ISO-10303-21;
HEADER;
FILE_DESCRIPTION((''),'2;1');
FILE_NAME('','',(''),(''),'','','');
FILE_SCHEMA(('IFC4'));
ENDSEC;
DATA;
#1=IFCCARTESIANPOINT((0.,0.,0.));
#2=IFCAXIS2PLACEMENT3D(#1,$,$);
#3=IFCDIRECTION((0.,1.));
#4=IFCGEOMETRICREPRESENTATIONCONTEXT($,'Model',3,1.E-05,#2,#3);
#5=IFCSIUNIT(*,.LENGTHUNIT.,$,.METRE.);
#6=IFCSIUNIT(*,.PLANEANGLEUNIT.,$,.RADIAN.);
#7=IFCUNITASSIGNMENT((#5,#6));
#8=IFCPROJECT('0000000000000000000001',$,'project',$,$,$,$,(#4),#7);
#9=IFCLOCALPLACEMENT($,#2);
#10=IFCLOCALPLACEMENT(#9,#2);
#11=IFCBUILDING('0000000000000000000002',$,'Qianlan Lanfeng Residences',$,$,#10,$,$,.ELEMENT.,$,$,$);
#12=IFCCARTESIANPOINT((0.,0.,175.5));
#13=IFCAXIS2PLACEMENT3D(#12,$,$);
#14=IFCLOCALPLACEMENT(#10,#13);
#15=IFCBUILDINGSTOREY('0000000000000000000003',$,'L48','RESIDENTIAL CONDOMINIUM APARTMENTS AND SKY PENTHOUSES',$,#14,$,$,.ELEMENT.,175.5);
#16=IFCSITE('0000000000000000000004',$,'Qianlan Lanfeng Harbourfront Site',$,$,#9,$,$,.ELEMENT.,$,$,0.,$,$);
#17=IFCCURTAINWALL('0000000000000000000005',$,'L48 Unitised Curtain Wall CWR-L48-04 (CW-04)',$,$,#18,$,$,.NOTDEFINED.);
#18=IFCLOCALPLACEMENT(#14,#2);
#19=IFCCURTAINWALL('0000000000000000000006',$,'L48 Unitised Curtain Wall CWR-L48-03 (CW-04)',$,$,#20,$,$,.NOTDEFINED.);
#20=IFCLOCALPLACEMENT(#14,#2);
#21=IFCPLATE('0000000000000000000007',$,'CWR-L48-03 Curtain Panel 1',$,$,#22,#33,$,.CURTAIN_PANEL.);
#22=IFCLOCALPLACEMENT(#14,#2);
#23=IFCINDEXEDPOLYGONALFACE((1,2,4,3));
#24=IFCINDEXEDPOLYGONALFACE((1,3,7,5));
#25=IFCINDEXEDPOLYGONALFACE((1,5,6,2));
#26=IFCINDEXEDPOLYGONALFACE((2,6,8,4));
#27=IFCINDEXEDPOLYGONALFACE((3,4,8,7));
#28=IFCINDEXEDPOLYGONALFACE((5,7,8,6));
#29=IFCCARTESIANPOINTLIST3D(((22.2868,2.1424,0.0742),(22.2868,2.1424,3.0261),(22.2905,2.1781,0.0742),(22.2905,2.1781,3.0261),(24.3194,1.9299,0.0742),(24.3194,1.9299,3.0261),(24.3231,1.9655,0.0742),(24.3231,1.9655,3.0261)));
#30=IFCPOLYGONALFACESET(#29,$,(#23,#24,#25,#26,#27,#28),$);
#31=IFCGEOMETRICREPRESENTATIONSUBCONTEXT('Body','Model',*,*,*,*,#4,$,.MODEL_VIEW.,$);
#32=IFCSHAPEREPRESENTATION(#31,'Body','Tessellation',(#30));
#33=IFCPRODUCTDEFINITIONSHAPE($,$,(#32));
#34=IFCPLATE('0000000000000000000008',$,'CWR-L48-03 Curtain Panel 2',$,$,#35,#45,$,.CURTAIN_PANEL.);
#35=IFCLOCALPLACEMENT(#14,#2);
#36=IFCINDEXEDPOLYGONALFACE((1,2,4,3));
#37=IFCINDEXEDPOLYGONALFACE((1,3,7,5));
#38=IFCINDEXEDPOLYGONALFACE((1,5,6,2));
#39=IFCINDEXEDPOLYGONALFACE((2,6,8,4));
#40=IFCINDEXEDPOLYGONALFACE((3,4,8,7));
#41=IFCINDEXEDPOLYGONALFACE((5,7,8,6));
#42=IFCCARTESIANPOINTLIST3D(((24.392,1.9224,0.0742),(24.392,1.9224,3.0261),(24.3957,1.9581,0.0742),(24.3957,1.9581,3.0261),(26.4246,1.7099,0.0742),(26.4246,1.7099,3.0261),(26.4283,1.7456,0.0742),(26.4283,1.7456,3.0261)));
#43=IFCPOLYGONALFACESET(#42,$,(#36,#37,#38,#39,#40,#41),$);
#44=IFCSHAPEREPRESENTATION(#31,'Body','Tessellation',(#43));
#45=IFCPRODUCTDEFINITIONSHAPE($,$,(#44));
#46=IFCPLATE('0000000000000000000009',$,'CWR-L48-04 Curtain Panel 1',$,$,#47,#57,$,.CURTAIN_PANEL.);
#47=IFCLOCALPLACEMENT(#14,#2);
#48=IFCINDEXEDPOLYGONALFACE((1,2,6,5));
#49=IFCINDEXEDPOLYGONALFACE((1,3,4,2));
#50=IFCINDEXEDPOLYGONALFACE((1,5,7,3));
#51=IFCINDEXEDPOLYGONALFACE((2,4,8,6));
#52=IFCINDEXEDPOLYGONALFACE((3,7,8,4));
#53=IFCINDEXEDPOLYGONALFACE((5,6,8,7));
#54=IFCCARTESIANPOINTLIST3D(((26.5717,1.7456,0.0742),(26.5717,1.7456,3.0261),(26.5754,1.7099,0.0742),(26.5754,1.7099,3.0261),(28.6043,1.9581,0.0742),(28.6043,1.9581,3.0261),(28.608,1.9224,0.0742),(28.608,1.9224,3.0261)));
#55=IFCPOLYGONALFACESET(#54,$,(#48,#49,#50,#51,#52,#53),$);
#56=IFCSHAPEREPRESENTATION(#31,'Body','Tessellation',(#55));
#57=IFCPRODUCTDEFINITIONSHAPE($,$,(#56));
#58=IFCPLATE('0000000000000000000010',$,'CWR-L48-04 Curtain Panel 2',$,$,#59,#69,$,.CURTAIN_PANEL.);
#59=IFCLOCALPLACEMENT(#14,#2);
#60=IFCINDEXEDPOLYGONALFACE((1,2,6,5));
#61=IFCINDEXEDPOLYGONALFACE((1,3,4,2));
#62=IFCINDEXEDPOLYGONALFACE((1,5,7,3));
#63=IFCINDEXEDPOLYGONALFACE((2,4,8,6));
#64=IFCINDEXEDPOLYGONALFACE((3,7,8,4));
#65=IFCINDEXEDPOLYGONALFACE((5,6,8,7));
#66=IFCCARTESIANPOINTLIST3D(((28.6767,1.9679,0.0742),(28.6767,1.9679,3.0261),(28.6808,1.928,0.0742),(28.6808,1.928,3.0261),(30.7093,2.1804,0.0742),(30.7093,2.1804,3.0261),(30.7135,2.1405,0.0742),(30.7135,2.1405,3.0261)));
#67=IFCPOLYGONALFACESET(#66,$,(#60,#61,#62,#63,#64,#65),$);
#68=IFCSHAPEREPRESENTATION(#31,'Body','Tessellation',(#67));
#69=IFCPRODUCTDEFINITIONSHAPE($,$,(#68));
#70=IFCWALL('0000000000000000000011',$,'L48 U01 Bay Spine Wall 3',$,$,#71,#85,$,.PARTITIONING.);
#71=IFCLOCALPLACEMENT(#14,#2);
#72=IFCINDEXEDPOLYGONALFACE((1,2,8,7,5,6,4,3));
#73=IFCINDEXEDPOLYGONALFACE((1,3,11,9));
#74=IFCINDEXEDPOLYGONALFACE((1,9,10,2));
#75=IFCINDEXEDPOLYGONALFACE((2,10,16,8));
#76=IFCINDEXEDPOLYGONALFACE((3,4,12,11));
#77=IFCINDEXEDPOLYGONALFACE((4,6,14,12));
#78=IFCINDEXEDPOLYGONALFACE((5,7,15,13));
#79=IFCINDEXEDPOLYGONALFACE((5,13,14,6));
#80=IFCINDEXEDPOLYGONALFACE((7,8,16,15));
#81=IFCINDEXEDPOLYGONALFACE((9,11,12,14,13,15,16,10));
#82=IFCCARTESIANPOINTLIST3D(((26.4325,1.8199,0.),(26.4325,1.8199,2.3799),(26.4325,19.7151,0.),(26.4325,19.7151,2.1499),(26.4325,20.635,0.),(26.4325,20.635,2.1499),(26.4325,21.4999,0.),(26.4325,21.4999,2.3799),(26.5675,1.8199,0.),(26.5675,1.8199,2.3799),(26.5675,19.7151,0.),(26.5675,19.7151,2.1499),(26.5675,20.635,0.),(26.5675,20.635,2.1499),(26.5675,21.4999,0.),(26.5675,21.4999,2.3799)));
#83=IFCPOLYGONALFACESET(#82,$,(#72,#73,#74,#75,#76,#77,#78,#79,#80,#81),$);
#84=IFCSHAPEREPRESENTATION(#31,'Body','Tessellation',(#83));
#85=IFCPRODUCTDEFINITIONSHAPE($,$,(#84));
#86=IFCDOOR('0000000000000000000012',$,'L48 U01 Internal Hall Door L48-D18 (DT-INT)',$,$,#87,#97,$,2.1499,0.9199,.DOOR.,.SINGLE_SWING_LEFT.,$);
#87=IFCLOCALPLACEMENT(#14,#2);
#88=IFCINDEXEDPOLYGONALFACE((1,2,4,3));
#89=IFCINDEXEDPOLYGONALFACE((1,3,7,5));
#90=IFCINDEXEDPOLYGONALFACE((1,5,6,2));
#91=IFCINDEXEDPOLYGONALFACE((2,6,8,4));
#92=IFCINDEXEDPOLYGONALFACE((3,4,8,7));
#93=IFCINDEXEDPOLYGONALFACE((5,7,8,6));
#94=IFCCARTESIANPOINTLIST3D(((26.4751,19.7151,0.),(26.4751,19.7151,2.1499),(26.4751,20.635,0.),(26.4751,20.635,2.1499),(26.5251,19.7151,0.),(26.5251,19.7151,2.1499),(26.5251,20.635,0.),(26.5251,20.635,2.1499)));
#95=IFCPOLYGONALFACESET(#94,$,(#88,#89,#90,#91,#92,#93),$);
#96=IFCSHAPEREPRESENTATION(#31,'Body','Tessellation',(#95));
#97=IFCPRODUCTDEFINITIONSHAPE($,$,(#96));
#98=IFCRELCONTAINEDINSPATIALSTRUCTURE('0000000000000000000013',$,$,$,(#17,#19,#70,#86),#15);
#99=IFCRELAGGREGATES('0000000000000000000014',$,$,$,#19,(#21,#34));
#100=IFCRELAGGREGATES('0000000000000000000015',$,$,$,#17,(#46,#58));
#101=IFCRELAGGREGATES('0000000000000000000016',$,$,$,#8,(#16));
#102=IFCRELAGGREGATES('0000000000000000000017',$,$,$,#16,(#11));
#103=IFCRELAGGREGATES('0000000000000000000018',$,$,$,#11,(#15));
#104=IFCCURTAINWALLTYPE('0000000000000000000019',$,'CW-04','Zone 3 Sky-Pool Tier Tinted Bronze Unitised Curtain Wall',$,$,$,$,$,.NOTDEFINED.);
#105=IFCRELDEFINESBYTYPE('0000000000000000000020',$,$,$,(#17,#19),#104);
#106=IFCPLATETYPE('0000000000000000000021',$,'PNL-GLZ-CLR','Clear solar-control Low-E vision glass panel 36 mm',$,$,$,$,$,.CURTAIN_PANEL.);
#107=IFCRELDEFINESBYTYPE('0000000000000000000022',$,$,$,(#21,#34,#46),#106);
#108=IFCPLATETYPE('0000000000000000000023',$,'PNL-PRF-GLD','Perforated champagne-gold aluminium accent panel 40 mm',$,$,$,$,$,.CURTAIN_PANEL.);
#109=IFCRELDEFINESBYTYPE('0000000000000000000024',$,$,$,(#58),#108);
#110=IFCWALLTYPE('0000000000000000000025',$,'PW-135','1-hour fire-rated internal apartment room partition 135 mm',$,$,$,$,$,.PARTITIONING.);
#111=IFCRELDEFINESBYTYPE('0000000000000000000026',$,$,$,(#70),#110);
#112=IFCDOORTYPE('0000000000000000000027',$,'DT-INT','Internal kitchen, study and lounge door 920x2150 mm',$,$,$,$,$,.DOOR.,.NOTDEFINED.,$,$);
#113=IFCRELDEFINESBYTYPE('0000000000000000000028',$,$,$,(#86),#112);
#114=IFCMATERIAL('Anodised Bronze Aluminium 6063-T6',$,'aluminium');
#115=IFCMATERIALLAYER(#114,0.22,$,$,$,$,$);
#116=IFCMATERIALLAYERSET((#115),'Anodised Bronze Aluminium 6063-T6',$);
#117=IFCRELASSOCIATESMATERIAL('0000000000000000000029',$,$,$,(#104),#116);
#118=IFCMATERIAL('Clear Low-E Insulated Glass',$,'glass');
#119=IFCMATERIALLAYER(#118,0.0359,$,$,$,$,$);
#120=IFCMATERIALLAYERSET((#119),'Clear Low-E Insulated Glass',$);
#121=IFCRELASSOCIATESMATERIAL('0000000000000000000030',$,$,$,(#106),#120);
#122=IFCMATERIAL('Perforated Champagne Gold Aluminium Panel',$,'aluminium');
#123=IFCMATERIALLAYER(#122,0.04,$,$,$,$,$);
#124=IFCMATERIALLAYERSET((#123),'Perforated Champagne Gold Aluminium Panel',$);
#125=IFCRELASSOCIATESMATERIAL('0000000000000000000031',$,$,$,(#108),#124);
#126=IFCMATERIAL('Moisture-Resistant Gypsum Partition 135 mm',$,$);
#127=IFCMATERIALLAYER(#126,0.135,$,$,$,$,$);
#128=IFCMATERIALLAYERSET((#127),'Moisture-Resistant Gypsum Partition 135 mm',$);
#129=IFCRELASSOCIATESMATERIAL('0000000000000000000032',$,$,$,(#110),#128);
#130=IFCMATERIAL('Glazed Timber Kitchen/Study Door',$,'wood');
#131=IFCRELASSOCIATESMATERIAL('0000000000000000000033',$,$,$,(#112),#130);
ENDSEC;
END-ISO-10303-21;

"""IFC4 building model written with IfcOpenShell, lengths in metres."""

from ifc_helpers import new_model, si_unit, direction, frame, frame_2d, origin, origin_2d, place, context, subcontext, project, spatial, rectangle, extrude, source, transform, mapped, material, layer, layer_set, type_object, element, fill, aggregate, save


model = new_model("IFC4")

# Units and contexts
model_context = context("Model", 3, precision=1e-05, world=origin(), true_north=direction((0.0, 1.0)))
body_context = subcontext(model_context, "Body", "Model", "MODEL_VIEW")
ifc_project = project(units=[si_unit("LENGTHUNIT", "METRE"), si_unit("PLANEANGLEUNIT", "RADIAN")], contexts=[model_context])

# Site, building, storey
site_placement = place(None, origin())
site = spatial("IfcSite", under=ifc_project, at=site_placement, Name="Qianlan Lanfeng Harbourfront Site", CompositionType="ELEMENT", RefElevation=0.0)
building_placement = place(site_placement, origin())
building = spatial("IfcBuilding", under=site, at=building_placement, Name="Qianlan Lanfeng Residences", CompositionType="ELEMENT")
storey_placement = place(building_placement, frame((0.0, 0.0, 175.5)))
storey = spatial("IfcBuildingStorey", under=building, at=storey_placement, Name="L48", Description="RESIDENTIAL CONDOMINIUM APARTMENTS AND SKY PENTHOUSES", CompositionType="ELEMENT", Elevation=175.5)

# Curtain walls
ifc_material_1 = material(Name="Anodised Bronze Aluminium 6063-T6", Category="aluminium")
ifc_layer_1 = layer(ifc_material_1, 0.22)
ifc_layer_set_1 = layer_set([ifc_layer_1], Name="Anodised Bronze Aluminium 6063-T6")
curtain_wall_type = type_object("IfcCurtainWallType", Name="CW-04", Description="Zone 3 Sky-Pool Tier Tinted Bronze Unitised Curtain Wall", PredefinedType="NOTDEFINED", material=ifc_layer_set_1)
curtain_wall_1_placement = place(storey_placement, origin())
curtain_wall_1 = element("IfcCurtainWall", 1, at=curtain_wall_1_placement, inside=storey, type_object=curtain_wall_type, Name="L48 Unitised Curtain Wall CWR-L48-04 (CW-04)", PredefinedType="NOTDEFINED")
curtain_wall_2_placement = place(storey_placement, origin())
curtain_wall_2 = element("IfcCurtainWall", 2, at=curtain_wall_2_placement, inside=storey, type_object=curtain_wall_type, Name="L48 Unitised Curtain Wall CWR-L48-03 (CW-04)", PredefinedType="NOTDEFINED")

# Plates
ifc_material_2 = material(Name="Clear Low-E Insulated Glass", Category="glass")
ifc_layer_2 = layer(ifc_material_2, 0.0359)
ifc_layer_set_2 = layer_set([ifc_layer_2], Name="Clear Low-E Insulated Glass")
plate_type_1 = type_object("IfcPlateType", Name="PNL-GLZ-CLR", Description="Clear solar-control Low-E vision glass panel 36 mm", PredefinedType="CURTAIN_PANEL", material=ifc_layer_set_2)
shared_shape_1 = source(origin(), body_context, "Body", "SweptSolid", [
    extrude(rectangle(XDim=2.0437, YDim=0.0359, at=origin_2d()), origin(), (0.0, 0.0, 1.0), 2.9519),
])
plate_1_placement = place(storey_placement, frame((23.3049, 2.054, 0.0742), z_axis=(0.0, 0.0, 1.0), x_axis=(0.994579, -0.103983, 0.0)))
plate_1 = element("IfcPlate", 3, at=plate_1_placement, type_object=plate_type_1, Name="CWR-L48-03 Curtain Panel 1", PredefinedType="CURTAIN_PANEL", context=body_context, shape_type="MappedRepresentation", body=[
    mapped(shared_shape_1, transform((0.0, 0.0, 0.0), scale=1.0)),
])
plate_2_placement = place(storey_placement, frame((25.4102, 1.834, 0.0742), z_axis=(0.0, 0.0, 1.0), x_axis=(0.994579, -0.103983, 0.0)))
plate_2 = element("IfcPlate", 4, at=plate_2_placement, type_object=plate_type_1, Name="CWR-L48-03 Curtain Panel 2", PredefinedType="CURTAIN_PANEL", context=body_context, shape_type="MappedRepresentation", body=[
    mapped(shared_shape_1, transform((0.0, 0.0, 0.0), scale=1.0)),
])
aggregate(curtain_wall_2, [plate_1, plate_2])
plate_3_placement = place(storey_placement, frame((27.5898, 1.834, 0.0742), z_axis=(0.0, 0.0, 1.0), x_axis=(0.994579, 0.103983, 0.0)))
plate_3 = element("IfcPlate", 5, at=plate_3_placement, type_object=plate_type_1, Name="CWR-L48-04 Curtain Panel 1", PredefinedType="CURTAIN_PANEL", context=body_context, shape_type="MappedRepresentation", body=[
    mapped(shared_shape_1, transform((0.0, 0.0, 0.0), scale=1.0)),
])
ifc_material_3 = material(Name="Perforated Champagne Gold Aluminium Panel", Category="aluminium")
ifc_layer_3 = layer(ifc_material_3, 0.04)
ifc_layer_set_3 = layer_set([ifc_layer_3], Name="Perforated Champagne Gold Aluminium Panel")
plate_type_2 = type_object("IfcPlateType", Name="PNL-PRF-GLD", Description="Perforated champagne-gold aluminium accent panel 40 mm", PredefinedType="CURTAIN_PANEL", material=ifc_layer_set_3)
shared_shape_2 = source(origin(), body_context, "Body", "SweptSolid", [
    extrude(rectangle(XDim=2.0437, YDim=0.04, at=origin_2d()), origin(), (0.0, 0.0, 1.0), 2.9519),
])
plate_4_placement = place(storey_placement, frame((29.6951, 2.0542, 0.0742), z_axis=(0.0, 0.0, 1.0), x_axis=(0.994579, 0.103983, 0.0)))
plate_4 = element("IfcPlate", 6, at=plate_4_placement, type_object=plate_type_2, Name="CWR-L48-04 Curtain Panel 2", PredefinedType="CURTAIN_PANEL", context=body_context, shape_type="MappedRepresentation", body=[
    mapped(shared_shape_2, transform((0.0, 0.0, 0.0), scale=1.0)),
])
aggregate(curtain_wall_1, [plate_3, plate_4])

# Wall, opening, door
ifc_material_4 = material(Name="Moisture-Resistant Gypsum Partition 135 mm")
ifc_layer_4 = layer(ifc_material_4, 0.135)
ifc_layer_set_4 = layer_set([ifc_layer_4], Name="Moisture-Resistant Gypsum Partition 135 mm")
wall_type = type_object("IfcWallType", Name="PW-135", Description="1-hour fire-rated internal apartment room partition 135 mm", PredefinedType="PARTITIONING", material=ifc_layer_set_4)
wall_placement = place(storey_placement, frame((26.5, 1.8201, 0.0), z_axis=(0.0, 0.0, 1.0), x_axis=(0.0, 1.0, 0.0)))
wall = element("IfcWall", 7, at=wall_placement, inside=storey, type_object=wall_type, Name="L48 U01 Bay Spine Wall 3", PredefinedType="PARTITIONING", context=body_context, shape_type="SweptSolid", body=[
    extrude(rectangle(XDim=19.6799, YDim=0.135, at=frame_2d((9.8398, 0.0))), origin(), (0.0, 0.0, 1.0), 2.3799),
])
opening_placement = place(wall_placement, frame((17.895, 0.0, 0.0)))
opening = element("IfcOpeningElement", 8, at=opening_placement, cuts=wall, PredefinedType="OPENING", context=body_context, shape_type="SweptSolid", body=[
    extrude(rectangle(XDim=0.9199, YDim=2.1499, at=frame_2d((0.46, 1.075))), frame((0.0, 0.0776, 0.0), z_axis=(0.0, -1.0, 0.0), x_axis=(1.0, 0.0, 0.0)), (0.0, 0.0, 1.0), 0.155),
])
ifc_material_5 = material(Name="Glazed Timber Kitchen/Study Door", Category="wood")
door_type = type_object("IfcDoorType", Name="DT-INT", Description="Internal kitchen, study and lounge door 920x2150 mm", OperationType="NOTDEFINED", PredefinedType="DOOR", material=ifc_material_5)
door_placement = place(opening_placement, origin())
door = element("IfcDoor", 9, at=door_placement, inside=storey, type_object=door_type, Name="L48 U01 Internal Hall Door L48-D18 (DT-INT)", OperationType="SINGLE_SWING_LEFT", OverallHeight=2.1499, OverallWidth=0.9199, PredefinedType="DOOR", context=body_context, shape_type="SweptSolid", body=[
    extrude(rectangle(XDim=0.9199, YDim=2.1499, at=frame_2d((0.46, 1.075))), frame((0.0, 0.0249, 0.0), z_axis=(0.0, -1.0, 0.0), x_axis=(1.0, 0.0, 0.0)), (0.0, 0.0, 1.0), 0.05),
])
fill(opening, door)

save(model, "model.ifc")
